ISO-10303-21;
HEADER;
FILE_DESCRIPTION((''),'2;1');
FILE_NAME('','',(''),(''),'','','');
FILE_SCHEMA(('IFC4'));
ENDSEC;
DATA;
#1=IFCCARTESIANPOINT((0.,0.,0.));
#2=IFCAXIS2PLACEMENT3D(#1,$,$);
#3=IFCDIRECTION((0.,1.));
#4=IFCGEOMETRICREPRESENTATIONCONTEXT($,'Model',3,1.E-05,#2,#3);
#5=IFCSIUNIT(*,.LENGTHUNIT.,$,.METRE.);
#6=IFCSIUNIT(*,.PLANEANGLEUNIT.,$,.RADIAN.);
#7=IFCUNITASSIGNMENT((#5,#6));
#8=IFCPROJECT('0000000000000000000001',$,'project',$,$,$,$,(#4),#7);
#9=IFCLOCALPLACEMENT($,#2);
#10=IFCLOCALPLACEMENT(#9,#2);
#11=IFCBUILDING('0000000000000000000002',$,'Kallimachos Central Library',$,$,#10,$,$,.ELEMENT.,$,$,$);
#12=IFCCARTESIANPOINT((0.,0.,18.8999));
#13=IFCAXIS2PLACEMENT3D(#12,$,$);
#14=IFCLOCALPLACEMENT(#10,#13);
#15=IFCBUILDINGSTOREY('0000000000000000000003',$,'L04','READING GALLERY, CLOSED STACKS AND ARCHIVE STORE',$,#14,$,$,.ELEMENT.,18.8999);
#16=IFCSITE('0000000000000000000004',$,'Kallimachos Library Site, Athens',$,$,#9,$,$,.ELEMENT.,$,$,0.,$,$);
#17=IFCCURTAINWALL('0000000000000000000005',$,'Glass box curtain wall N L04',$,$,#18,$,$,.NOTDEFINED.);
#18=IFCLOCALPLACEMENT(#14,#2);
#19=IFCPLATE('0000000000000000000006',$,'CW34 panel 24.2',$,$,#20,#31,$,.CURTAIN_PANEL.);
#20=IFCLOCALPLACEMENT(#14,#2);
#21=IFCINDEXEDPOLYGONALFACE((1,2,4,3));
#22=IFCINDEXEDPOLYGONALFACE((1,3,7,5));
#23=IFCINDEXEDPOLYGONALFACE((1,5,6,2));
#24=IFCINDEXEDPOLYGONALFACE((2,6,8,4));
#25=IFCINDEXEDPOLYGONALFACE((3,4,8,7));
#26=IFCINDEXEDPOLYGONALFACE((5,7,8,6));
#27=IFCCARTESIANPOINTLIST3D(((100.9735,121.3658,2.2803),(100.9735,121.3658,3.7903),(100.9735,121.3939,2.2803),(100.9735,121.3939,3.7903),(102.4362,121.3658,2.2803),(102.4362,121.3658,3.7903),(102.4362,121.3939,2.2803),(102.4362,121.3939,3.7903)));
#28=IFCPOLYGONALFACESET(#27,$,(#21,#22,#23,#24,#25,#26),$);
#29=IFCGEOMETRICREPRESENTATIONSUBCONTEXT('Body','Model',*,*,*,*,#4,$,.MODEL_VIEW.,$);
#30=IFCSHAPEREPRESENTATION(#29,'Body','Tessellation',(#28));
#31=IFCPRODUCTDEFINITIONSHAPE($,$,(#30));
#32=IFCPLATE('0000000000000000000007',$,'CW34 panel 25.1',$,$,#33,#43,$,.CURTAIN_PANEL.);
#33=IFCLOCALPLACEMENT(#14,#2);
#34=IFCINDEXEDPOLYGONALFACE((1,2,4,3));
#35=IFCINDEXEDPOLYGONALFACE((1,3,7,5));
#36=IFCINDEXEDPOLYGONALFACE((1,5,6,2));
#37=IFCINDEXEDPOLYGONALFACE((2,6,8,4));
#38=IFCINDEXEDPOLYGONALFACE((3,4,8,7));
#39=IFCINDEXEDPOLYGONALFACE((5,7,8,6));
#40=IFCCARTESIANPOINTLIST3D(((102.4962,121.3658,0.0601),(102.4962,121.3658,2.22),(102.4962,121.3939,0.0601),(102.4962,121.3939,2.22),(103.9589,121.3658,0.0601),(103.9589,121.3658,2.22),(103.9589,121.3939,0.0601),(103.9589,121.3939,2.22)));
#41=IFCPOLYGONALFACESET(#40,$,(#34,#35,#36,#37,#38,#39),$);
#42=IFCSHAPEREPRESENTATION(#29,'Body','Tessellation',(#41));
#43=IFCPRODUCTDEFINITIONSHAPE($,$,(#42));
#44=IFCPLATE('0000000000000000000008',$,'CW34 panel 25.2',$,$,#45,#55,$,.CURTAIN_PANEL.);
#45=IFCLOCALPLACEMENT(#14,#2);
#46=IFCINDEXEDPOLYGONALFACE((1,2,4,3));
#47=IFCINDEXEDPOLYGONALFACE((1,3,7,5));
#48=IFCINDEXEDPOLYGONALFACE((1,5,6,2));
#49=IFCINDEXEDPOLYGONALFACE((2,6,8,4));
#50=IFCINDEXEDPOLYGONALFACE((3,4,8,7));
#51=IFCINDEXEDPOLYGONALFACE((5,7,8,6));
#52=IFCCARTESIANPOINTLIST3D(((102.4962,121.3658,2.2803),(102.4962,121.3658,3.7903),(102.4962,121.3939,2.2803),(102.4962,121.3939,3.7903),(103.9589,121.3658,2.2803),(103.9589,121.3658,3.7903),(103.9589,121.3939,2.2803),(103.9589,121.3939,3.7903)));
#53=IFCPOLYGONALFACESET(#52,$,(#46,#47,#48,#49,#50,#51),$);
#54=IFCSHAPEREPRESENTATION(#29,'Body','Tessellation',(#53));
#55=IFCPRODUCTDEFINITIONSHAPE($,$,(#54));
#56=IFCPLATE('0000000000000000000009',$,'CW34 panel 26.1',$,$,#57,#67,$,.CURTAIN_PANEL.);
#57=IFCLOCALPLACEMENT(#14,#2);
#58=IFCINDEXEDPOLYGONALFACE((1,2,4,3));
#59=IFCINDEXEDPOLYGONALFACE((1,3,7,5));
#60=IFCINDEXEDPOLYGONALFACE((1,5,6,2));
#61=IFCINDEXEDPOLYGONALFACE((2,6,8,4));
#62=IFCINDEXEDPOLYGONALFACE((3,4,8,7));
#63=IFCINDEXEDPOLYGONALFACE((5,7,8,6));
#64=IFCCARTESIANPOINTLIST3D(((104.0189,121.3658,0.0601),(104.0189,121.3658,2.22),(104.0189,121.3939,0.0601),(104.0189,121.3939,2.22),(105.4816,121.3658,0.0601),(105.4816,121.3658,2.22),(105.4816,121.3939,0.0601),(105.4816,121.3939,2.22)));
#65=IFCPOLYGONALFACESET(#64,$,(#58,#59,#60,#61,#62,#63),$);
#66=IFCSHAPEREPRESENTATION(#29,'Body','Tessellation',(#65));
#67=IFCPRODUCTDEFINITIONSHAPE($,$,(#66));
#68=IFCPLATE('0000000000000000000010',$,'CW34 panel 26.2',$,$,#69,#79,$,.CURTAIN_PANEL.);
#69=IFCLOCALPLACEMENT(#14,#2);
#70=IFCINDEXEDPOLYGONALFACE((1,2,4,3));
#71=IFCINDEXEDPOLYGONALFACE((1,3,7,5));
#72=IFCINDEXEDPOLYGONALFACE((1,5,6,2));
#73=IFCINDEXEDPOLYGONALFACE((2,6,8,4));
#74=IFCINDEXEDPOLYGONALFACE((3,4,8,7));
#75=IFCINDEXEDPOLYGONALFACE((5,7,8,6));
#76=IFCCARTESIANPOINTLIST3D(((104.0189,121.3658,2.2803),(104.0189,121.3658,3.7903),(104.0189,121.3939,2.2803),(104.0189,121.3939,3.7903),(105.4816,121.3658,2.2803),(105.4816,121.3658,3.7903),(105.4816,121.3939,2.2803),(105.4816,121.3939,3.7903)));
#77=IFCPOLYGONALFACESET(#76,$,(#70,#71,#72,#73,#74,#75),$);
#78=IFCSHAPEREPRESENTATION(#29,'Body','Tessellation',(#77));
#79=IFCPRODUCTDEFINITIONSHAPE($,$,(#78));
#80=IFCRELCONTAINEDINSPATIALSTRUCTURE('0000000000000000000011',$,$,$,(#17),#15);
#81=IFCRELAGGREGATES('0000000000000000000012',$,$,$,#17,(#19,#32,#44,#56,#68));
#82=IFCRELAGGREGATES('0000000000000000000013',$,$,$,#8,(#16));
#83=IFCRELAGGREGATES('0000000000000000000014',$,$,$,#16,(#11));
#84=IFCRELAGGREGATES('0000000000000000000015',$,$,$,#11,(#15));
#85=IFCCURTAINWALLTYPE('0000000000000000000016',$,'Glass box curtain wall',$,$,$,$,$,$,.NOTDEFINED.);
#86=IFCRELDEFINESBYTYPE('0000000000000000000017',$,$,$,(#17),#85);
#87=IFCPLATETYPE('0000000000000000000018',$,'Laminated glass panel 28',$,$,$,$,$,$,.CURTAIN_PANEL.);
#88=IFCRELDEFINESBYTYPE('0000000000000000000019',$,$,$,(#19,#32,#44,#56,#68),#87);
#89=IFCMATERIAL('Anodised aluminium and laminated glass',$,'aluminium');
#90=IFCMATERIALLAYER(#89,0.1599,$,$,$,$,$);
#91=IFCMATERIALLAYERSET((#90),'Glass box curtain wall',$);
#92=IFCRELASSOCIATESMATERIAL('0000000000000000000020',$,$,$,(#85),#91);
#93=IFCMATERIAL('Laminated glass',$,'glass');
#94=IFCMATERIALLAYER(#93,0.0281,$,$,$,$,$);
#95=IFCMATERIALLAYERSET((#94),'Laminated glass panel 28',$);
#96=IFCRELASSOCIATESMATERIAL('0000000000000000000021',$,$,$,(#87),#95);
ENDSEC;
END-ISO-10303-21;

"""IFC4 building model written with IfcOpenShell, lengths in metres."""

from ifc_helpers import new_model, si_unit, direction, frame, origin, origin_2d, place, context, subcontext, project, spatial, rectangle, extrude, material, layer, layer_set, type_object, element, aggregate, save


model = new_model("IFC4")

# Units and contexts
model_context = context("Model", 3, precision=1e-05, world=origin(), true_north=direction((0.0, 1.0)))
body_context = subcontext(model_context, "Body", "Model", "MODEL_VIEW")
ifc_project = project(units=[si_unit("LENGTHUNIT", "METRE"), si_unit("PLANEANGLEUNIT", "RADIAN")], contexts=[model_context])

# Site, building, storey
site_placement = place(None, origin())
site = spatial("IfcSite", under=ifc_project, at=site_placement, Name="Kallimachos Library Site, Athens", CompositionType="ELEMENT", RefElevation=0.0)
building_placement = place(site_placement, origin())
building = spatial("IfcBuilding", under=site, at=building_placement, Name="Kallimachos Central Library", CompositionType="ELEMENT")
storey_placement = place(building_placement, frame((0.0, 0.0, 18.8999)))
storey = spatial("IfcBuildingStorey", under=building, at=storey_placement, Name="L04", Description="READING GALLERY, CLOSED STACKS AND ARCHIVE STORE", CompositionType="ELEMENT", Elevation=18.8999)

# Curtain wall
ifc_material_1 = material(Name="Anodised aluminium and laminated glass", Category="aluminium")
ifc_layer_1 = layer(ifc_material_1, 0.1599)
ifc_layer_set_1 = layer_set([ifc_layer_1], Name="Glass box curtain wall")
curtain_wall_type = type_object("IfcCurtainWallType", Name="Glass box curtain wall", PredefinedType="NOTDEFINED", material=ifc_layer_set_1)
curtain_wall_placement = place(storey_placement, origin())
curtain_wall = element("IfcCurtainWall", 1, at=curtain_wall_placement, inside=storey, type_object=curtain_wall_type, Name="Glass box curtain wall N L04", PredefinedType="NOTDEFINED")

# Plates
ifc_material_2 = material(Name="Laminated glass", Category="glass")
ifc_layer_2 = layer(ifc_material_2, 0.0281)
ifc_layer_set_2 = layer_set([ifc_layer_2], Name="Laminated glass panel 28")
plate_type = type_object("IfcPlateType", Name="Laminated glass panel 28", PredefinedType="CURTAIN_PANEL", material=ifc_layer_set_2)
plate_1_placement = place(storey_placement, frame((101.7048, 121.3799, 2.2803), z_axis=(0.0, 0.0, 1.0), x_axis=(1.0, 0.0, 0.0)))
plate_1 = element("IfcPlate", 2, at=plate_1_placement, type_object=plate_type, Name="CW34 panel 24.2", PredefinedType="CURTAIN_PANEL", context=body_context, shape_type="SweptSolid", body=[
    extrude(rectangle(XDim=1.4626, YDim=0.0281, at=origin_2d()), origin(), (0.0, 0.0, 1.0), 1.51),
])
plate_2_placement = place(storey_placement, frame((103.2275, 121.3799, 0.0601), z_axis=(0.0, 0.0, 1.0), x_axis=(1.0, 0.0, 0.0)))
plate_2 = element("IfcPlate", 3, at=plate_2_placement, type_object=plate_type, Name="CW34 panel 25.1", PredefinedType="CURTAIN_PANEL", context=body_context, shape_type="SweptSolid", body=[
    extrude(rectangle(XDim=1.4626, YDim=0.0281, at=origin_2d()), origin(), (0.0, 0.0, 1.0), 2.1599),
])
plate_3_placement = place(storey_placement, frame((103.2275, 121.3799, 2.2803), z_axis=(0.0, 0.0, 1.0), x_axis=(1.0, 0.0, 0.0)))
plate_3 = element("IfcPlate", 4, at=plate_3_placement, type_object=plate_type, Name="CW34 panel 25.2", PredefinedType="CURTAIN_PANEL", context=body_context, shape_type="SweptSolid", body=[
    extrude(rectangle(XDim=1.4626, YDim=0.0281, at=origin_2d()), origin(), (0.0, 0.0, 1.0), 1.51),
])
plate_4_placement = place(storey_placement, frame((104.7502, 121.3799, 0.0601), z_axis=(0.0, 0.0, 1.0), x_axis=(1.0, 0.0, 0.0)))
plate_4 = element("IfcPlate", 5, at=plate_4_placement, type_object=plate_type, Name="CW34 panel 26.1", PredefinedType="CURTAIN_PANEL", context=body_context, shape_type="SweptSolid", body=[
    extrude(rectangle(XDim=1.4626, YDim=0.0281, at=origin_2d()), origin(), (0.0, 0.0, 1.0), 2.1599),
])
plate_5_placement = place(storey_placement, frame((104.7502, 121.3799, 2.2803), z_axis=(0.0, 0.0, 1.0), x_axis=(1.0, 0.0, 0.0)))
plate_5 = element("IfcPlate", 6, at=plate_5_placement, type_object=plate_type, Name="CW34 panel 26.2", PredefinedType="CURTAIN_PANEL", context=body_context, shape_type="SweptSolid", body=[
    extrude(rectangle(XDim=1.4626, YDim=0.0281, at=origin_2d()), origin(), (0.0, 0.0, 1.0), 1.51),
])
aggregate(curtain_wall, [plate_1, plate_2, plate_3, plate_4, plate_5])

save(model, "model.ifc")
